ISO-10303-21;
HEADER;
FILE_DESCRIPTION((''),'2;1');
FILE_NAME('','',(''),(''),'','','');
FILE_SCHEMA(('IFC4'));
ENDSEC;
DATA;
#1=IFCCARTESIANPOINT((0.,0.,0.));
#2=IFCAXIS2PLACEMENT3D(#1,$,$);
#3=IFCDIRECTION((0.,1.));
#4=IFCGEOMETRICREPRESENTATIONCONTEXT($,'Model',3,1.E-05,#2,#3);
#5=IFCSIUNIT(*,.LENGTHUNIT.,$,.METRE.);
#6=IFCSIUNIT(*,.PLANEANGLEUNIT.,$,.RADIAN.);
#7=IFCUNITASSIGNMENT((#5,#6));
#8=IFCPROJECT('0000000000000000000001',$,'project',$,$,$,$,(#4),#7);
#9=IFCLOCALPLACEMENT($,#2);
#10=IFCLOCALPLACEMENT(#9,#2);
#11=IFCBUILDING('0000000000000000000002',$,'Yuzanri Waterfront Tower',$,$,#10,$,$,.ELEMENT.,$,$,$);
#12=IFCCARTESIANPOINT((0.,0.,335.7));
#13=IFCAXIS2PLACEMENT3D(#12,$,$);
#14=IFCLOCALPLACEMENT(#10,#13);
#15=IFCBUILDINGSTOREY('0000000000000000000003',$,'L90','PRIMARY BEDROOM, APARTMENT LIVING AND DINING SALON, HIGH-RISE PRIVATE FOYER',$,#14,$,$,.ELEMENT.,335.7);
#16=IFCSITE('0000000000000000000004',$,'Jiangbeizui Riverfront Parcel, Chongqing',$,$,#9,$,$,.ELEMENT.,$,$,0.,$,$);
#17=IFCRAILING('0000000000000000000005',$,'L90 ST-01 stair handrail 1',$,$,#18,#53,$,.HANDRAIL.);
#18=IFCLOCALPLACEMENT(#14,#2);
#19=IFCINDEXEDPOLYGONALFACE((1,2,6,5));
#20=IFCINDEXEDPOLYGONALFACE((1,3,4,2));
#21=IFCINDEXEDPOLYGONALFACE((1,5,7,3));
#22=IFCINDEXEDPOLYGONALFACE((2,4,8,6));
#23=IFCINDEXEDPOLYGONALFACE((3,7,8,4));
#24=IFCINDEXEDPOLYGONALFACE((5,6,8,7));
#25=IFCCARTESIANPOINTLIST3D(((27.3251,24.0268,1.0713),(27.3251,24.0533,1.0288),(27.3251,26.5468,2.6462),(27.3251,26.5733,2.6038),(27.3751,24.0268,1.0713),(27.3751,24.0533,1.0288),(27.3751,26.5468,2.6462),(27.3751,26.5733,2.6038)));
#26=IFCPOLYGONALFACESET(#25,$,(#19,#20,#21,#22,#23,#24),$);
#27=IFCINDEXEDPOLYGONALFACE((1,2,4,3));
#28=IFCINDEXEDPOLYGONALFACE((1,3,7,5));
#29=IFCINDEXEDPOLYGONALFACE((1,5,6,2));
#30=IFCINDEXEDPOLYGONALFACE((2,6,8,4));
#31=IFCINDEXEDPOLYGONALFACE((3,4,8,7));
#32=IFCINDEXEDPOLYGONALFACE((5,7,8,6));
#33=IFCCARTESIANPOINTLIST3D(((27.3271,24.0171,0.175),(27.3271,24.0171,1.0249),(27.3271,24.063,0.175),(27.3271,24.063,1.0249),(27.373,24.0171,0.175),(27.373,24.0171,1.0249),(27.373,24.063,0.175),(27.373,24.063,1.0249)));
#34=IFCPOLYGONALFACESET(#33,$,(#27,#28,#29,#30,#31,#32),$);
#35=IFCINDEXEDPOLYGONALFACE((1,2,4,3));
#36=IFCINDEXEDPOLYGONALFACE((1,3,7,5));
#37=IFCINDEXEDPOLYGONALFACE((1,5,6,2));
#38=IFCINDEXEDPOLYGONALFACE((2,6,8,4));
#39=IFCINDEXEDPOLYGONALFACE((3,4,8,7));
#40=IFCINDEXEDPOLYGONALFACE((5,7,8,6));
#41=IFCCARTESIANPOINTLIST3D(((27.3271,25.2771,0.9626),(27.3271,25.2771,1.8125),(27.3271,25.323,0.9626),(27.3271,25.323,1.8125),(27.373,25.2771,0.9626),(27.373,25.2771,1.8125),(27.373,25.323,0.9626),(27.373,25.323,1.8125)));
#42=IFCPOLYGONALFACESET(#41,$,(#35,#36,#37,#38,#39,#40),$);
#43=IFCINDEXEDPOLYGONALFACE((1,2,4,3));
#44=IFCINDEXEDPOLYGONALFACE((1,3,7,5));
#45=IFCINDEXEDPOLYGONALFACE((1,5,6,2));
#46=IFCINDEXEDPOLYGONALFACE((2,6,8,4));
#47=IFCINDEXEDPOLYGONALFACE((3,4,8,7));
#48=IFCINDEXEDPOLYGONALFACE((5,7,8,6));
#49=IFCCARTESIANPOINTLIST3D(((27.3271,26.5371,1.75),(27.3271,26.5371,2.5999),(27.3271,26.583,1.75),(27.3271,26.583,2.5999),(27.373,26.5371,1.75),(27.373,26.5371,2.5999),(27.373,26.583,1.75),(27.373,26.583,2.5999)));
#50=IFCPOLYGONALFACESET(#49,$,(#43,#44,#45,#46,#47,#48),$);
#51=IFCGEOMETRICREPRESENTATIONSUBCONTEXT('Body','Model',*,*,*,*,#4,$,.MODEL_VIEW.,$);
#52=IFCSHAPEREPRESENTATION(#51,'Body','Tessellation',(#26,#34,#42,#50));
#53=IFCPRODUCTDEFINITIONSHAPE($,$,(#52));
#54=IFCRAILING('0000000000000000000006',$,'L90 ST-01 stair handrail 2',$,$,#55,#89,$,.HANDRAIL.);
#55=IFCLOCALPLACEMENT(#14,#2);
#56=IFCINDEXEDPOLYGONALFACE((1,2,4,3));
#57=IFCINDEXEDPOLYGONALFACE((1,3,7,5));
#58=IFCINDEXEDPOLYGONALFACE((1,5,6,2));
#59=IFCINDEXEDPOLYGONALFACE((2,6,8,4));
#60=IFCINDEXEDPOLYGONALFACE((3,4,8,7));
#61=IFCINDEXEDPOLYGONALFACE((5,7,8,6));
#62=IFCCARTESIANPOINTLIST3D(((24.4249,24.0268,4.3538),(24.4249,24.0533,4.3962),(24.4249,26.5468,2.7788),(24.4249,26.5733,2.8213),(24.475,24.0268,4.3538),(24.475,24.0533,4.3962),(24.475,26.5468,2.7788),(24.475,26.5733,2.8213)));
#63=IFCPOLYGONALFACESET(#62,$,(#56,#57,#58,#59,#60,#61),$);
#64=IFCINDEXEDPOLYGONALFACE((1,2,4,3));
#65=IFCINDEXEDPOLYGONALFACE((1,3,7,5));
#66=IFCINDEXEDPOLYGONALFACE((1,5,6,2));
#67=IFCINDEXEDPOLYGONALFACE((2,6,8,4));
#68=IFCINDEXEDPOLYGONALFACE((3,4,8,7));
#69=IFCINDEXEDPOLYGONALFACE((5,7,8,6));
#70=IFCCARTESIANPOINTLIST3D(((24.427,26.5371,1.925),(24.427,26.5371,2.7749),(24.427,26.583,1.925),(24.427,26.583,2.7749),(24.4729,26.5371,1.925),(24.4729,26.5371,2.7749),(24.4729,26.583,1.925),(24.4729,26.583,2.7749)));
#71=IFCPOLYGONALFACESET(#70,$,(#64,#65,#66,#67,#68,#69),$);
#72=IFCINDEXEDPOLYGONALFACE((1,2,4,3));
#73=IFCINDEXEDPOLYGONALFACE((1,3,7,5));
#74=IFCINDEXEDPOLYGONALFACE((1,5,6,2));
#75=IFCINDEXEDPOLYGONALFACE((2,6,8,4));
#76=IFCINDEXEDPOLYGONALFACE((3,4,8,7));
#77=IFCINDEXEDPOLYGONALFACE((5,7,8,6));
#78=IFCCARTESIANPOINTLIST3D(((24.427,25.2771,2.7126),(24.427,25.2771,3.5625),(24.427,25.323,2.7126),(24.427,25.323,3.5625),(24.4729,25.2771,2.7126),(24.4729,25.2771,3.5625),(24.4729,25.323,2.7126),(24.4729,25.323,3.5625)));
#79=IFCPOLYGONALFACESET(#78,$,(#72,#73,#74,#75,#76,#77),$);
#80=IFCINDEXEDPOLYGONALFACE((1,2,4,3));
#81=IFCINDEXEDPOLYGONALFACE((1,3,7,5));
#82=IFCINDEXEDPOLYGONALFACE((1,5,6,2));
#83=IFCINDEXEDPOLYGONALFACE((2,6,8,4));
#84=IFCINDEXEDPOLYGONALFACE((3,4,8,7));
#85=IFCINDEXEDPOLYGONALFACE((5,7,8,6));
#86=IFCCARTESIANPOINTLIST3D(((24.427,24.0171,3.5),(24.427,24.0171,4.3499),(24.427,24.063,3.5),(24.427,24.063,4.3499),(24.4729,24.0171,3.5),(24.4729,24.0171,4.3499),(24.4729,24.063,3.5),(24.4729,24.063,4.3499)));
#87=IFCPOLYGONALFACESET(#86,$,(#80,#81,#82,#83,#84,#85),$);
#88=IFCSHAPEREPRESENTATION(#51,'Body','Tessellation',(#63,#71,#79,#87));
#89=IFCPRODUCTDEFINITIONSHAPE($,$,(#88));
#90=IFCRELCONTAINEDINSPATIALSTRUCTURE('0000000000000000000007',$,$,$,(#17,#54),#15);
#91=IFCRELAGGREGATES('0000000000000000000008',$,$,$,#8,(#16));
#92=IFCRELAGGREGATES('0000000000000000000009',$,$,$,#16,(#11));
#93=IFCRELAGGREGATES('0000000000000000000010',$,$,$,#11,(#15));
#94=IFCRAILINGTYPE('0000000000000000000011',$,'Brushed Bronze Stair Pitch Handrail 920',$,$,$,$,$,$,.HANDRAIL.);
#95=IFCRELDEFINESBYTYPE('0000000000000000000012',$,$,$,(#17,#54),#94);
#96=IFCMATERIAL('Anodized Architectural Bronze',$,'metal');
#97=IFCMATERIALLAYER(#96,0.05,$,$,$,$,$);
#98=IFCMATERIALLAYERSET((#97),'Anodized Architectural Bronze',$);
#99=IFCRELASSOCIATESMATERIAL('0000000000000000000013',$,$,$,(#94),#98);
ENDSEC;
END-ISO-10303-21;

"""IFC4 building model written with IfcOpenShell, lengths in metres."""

from ifc_helpers import new_model, si_unit, direction, frame, origin, origin_2d, place, context, subcontext, project, spatial, rectangle, extrude, source, transform, mapped, material, layer, layer_set, type_object, element, save


model = new_model("IFC4")

# Units and contexts
model_context = context("Model", 3, precision=1e-05, world=origin(), true_north=direction((0.0, 1.0)))
body_context = subcontext(model_context, "Body", "Model", "MODEL_VIEW")
ifc_project = project(units=[si_unit("LENGTHUNIT", "METRE"), si_unit("PLANEANGLEUNIT", "RADIAN")], contexts=[model_context])

# Site, building, storey
site_placement = place(None, origin())
site = spatial("IfcSite", under=ifc_project, at=site_placement, Name="Jiangbeizui Riverfront Parcel, Chongqing", CompositionType="ELEMENT", RefElevation=0.0)
building_placement = place(site_placement, origin())
building = spatial("IfcBuilding", under=site, at=building_placement, Name="Yuzanri Waterfront Tower", CompositionType="ELEMENT")
storey_placement = place(building_placement, frame((0.0, 0.0, 335.7)))
storey = spatial("IfcBuildingStorey", under=building, at=storey_placement, Name="L90", Description="PRIMARY BEDROOM, APARTMENT LIVING AND DINING SALON, HIGH-RISE PRIVATE FOYER", CompositionType="ELEMENT", Elevation=335.7)

# Railings
ifc_material_1 = material(Name="Anodized Architectural Bronze", Category="metal")
ifc_layer_1 = layer(ifc_material_1, 0.05)
ifc_layer_set_1 = layer_set([ifc_layer_1], Name="Anodized Architectural Bronze")
railing_type_1 = type_object("IfcRailingType", Name="Brushed Bronze Stair Pitch Handrail 920", PredefinedType="HANDRAIL", material=ifc_layer_set_1)
shared_shape_1 = source(origin(), body_context, "Body", "SweptSolid", [
    extrude(rectangle(XDim=0.05, YDim=0.05, at=origin_2d()), frame((0.0, 0.0, 0.875), z_axis=(0.0, 0.848008, 0.529984), x_axis=(-1.0, 0.0, 0.0)), (0.0, 0.0, 1.0), 2.9717),
    extrude(rectangle(XDim=0.0459, YDim=0.0459, at=origin_2d()), origin(), (0.0, 0.0, 1.0), 0.8499),
    extrude(rectangle(XDim=0.0459, YDim=0.0459, at=origin_2d()), frame((0.0, 1.26, 0.7876)), (0.0, 0.0, 1.0), 0.8499),
    extrude(rectangle(XDim=0.0459, YDim=0.0459, at=origin_2d()), frame((0.0, 2.52, 1.575)), (0.0, 0.0, 1.0), 0.8499),
])
railing_1_placement = place(storey_placement, frame((27.3501, 24.04, 0.175)))
element("IfcRailing", 1, at=railing_1_placement, inside=storey, type_object=railing_type_1, Name="L90 ST-01 stair handrail 1", PredefinedType="HANDRAIL", context=body_context, shape_type="MappedRepresentation", body=[
    mapped(shared_shape_1, transform((0.0, 0.0, 0.0), scale=1.0)),
])
shared_shape_2 = source(origin(), body_context, "Body", "SweptSolid", [
    extrude(rectangle(XDim=0.05, YDim=0.05, at=origin_2d()), frame((0.0, 0.0, 0.875), z_axis=(0.0, -0.848008, 0.529984), x_axis=(1.0, 0.0, 0.0)), (0.0, 0.0, 1.0), 2.9717),
    extrude(rectangle(XDim=0.0459, YDim=0.0459, at=origin_2d()), origin(), (0.0, 0.0, 1.0), 0.8499),
    extrude(rectangle(XDim=0.0459, YDim=0.0459, at=origin_2d()), frame((0.0, -1.26, 0.7876)), (0.0, 0.0, 1.0), 0.8499),
    extrude(rectangle(XDim=0.0459, YDim=0.0459, at=origin_2d()), frame((0.0, -2.52, 1.575)), (0.0, 0.0, 1.0), 0.8499),
])
railing_2_placement = place(storey_placement, frame((24.45, 26.5601, 1.925)))
element("IfcRailing", 2, at=railing_2_placement, inside=storey, type_object=railing_type_1, Name="L90 ST-01 stair handrail 2", PredefinedType="HANDRAIL", context=body_context, shape_type="MappedRepresentation", body=[
    mapped(shared_shape_2, transform((0.0, 0.0, 0.0), scale=1.0)),
])

save(model, "model.ifc")
